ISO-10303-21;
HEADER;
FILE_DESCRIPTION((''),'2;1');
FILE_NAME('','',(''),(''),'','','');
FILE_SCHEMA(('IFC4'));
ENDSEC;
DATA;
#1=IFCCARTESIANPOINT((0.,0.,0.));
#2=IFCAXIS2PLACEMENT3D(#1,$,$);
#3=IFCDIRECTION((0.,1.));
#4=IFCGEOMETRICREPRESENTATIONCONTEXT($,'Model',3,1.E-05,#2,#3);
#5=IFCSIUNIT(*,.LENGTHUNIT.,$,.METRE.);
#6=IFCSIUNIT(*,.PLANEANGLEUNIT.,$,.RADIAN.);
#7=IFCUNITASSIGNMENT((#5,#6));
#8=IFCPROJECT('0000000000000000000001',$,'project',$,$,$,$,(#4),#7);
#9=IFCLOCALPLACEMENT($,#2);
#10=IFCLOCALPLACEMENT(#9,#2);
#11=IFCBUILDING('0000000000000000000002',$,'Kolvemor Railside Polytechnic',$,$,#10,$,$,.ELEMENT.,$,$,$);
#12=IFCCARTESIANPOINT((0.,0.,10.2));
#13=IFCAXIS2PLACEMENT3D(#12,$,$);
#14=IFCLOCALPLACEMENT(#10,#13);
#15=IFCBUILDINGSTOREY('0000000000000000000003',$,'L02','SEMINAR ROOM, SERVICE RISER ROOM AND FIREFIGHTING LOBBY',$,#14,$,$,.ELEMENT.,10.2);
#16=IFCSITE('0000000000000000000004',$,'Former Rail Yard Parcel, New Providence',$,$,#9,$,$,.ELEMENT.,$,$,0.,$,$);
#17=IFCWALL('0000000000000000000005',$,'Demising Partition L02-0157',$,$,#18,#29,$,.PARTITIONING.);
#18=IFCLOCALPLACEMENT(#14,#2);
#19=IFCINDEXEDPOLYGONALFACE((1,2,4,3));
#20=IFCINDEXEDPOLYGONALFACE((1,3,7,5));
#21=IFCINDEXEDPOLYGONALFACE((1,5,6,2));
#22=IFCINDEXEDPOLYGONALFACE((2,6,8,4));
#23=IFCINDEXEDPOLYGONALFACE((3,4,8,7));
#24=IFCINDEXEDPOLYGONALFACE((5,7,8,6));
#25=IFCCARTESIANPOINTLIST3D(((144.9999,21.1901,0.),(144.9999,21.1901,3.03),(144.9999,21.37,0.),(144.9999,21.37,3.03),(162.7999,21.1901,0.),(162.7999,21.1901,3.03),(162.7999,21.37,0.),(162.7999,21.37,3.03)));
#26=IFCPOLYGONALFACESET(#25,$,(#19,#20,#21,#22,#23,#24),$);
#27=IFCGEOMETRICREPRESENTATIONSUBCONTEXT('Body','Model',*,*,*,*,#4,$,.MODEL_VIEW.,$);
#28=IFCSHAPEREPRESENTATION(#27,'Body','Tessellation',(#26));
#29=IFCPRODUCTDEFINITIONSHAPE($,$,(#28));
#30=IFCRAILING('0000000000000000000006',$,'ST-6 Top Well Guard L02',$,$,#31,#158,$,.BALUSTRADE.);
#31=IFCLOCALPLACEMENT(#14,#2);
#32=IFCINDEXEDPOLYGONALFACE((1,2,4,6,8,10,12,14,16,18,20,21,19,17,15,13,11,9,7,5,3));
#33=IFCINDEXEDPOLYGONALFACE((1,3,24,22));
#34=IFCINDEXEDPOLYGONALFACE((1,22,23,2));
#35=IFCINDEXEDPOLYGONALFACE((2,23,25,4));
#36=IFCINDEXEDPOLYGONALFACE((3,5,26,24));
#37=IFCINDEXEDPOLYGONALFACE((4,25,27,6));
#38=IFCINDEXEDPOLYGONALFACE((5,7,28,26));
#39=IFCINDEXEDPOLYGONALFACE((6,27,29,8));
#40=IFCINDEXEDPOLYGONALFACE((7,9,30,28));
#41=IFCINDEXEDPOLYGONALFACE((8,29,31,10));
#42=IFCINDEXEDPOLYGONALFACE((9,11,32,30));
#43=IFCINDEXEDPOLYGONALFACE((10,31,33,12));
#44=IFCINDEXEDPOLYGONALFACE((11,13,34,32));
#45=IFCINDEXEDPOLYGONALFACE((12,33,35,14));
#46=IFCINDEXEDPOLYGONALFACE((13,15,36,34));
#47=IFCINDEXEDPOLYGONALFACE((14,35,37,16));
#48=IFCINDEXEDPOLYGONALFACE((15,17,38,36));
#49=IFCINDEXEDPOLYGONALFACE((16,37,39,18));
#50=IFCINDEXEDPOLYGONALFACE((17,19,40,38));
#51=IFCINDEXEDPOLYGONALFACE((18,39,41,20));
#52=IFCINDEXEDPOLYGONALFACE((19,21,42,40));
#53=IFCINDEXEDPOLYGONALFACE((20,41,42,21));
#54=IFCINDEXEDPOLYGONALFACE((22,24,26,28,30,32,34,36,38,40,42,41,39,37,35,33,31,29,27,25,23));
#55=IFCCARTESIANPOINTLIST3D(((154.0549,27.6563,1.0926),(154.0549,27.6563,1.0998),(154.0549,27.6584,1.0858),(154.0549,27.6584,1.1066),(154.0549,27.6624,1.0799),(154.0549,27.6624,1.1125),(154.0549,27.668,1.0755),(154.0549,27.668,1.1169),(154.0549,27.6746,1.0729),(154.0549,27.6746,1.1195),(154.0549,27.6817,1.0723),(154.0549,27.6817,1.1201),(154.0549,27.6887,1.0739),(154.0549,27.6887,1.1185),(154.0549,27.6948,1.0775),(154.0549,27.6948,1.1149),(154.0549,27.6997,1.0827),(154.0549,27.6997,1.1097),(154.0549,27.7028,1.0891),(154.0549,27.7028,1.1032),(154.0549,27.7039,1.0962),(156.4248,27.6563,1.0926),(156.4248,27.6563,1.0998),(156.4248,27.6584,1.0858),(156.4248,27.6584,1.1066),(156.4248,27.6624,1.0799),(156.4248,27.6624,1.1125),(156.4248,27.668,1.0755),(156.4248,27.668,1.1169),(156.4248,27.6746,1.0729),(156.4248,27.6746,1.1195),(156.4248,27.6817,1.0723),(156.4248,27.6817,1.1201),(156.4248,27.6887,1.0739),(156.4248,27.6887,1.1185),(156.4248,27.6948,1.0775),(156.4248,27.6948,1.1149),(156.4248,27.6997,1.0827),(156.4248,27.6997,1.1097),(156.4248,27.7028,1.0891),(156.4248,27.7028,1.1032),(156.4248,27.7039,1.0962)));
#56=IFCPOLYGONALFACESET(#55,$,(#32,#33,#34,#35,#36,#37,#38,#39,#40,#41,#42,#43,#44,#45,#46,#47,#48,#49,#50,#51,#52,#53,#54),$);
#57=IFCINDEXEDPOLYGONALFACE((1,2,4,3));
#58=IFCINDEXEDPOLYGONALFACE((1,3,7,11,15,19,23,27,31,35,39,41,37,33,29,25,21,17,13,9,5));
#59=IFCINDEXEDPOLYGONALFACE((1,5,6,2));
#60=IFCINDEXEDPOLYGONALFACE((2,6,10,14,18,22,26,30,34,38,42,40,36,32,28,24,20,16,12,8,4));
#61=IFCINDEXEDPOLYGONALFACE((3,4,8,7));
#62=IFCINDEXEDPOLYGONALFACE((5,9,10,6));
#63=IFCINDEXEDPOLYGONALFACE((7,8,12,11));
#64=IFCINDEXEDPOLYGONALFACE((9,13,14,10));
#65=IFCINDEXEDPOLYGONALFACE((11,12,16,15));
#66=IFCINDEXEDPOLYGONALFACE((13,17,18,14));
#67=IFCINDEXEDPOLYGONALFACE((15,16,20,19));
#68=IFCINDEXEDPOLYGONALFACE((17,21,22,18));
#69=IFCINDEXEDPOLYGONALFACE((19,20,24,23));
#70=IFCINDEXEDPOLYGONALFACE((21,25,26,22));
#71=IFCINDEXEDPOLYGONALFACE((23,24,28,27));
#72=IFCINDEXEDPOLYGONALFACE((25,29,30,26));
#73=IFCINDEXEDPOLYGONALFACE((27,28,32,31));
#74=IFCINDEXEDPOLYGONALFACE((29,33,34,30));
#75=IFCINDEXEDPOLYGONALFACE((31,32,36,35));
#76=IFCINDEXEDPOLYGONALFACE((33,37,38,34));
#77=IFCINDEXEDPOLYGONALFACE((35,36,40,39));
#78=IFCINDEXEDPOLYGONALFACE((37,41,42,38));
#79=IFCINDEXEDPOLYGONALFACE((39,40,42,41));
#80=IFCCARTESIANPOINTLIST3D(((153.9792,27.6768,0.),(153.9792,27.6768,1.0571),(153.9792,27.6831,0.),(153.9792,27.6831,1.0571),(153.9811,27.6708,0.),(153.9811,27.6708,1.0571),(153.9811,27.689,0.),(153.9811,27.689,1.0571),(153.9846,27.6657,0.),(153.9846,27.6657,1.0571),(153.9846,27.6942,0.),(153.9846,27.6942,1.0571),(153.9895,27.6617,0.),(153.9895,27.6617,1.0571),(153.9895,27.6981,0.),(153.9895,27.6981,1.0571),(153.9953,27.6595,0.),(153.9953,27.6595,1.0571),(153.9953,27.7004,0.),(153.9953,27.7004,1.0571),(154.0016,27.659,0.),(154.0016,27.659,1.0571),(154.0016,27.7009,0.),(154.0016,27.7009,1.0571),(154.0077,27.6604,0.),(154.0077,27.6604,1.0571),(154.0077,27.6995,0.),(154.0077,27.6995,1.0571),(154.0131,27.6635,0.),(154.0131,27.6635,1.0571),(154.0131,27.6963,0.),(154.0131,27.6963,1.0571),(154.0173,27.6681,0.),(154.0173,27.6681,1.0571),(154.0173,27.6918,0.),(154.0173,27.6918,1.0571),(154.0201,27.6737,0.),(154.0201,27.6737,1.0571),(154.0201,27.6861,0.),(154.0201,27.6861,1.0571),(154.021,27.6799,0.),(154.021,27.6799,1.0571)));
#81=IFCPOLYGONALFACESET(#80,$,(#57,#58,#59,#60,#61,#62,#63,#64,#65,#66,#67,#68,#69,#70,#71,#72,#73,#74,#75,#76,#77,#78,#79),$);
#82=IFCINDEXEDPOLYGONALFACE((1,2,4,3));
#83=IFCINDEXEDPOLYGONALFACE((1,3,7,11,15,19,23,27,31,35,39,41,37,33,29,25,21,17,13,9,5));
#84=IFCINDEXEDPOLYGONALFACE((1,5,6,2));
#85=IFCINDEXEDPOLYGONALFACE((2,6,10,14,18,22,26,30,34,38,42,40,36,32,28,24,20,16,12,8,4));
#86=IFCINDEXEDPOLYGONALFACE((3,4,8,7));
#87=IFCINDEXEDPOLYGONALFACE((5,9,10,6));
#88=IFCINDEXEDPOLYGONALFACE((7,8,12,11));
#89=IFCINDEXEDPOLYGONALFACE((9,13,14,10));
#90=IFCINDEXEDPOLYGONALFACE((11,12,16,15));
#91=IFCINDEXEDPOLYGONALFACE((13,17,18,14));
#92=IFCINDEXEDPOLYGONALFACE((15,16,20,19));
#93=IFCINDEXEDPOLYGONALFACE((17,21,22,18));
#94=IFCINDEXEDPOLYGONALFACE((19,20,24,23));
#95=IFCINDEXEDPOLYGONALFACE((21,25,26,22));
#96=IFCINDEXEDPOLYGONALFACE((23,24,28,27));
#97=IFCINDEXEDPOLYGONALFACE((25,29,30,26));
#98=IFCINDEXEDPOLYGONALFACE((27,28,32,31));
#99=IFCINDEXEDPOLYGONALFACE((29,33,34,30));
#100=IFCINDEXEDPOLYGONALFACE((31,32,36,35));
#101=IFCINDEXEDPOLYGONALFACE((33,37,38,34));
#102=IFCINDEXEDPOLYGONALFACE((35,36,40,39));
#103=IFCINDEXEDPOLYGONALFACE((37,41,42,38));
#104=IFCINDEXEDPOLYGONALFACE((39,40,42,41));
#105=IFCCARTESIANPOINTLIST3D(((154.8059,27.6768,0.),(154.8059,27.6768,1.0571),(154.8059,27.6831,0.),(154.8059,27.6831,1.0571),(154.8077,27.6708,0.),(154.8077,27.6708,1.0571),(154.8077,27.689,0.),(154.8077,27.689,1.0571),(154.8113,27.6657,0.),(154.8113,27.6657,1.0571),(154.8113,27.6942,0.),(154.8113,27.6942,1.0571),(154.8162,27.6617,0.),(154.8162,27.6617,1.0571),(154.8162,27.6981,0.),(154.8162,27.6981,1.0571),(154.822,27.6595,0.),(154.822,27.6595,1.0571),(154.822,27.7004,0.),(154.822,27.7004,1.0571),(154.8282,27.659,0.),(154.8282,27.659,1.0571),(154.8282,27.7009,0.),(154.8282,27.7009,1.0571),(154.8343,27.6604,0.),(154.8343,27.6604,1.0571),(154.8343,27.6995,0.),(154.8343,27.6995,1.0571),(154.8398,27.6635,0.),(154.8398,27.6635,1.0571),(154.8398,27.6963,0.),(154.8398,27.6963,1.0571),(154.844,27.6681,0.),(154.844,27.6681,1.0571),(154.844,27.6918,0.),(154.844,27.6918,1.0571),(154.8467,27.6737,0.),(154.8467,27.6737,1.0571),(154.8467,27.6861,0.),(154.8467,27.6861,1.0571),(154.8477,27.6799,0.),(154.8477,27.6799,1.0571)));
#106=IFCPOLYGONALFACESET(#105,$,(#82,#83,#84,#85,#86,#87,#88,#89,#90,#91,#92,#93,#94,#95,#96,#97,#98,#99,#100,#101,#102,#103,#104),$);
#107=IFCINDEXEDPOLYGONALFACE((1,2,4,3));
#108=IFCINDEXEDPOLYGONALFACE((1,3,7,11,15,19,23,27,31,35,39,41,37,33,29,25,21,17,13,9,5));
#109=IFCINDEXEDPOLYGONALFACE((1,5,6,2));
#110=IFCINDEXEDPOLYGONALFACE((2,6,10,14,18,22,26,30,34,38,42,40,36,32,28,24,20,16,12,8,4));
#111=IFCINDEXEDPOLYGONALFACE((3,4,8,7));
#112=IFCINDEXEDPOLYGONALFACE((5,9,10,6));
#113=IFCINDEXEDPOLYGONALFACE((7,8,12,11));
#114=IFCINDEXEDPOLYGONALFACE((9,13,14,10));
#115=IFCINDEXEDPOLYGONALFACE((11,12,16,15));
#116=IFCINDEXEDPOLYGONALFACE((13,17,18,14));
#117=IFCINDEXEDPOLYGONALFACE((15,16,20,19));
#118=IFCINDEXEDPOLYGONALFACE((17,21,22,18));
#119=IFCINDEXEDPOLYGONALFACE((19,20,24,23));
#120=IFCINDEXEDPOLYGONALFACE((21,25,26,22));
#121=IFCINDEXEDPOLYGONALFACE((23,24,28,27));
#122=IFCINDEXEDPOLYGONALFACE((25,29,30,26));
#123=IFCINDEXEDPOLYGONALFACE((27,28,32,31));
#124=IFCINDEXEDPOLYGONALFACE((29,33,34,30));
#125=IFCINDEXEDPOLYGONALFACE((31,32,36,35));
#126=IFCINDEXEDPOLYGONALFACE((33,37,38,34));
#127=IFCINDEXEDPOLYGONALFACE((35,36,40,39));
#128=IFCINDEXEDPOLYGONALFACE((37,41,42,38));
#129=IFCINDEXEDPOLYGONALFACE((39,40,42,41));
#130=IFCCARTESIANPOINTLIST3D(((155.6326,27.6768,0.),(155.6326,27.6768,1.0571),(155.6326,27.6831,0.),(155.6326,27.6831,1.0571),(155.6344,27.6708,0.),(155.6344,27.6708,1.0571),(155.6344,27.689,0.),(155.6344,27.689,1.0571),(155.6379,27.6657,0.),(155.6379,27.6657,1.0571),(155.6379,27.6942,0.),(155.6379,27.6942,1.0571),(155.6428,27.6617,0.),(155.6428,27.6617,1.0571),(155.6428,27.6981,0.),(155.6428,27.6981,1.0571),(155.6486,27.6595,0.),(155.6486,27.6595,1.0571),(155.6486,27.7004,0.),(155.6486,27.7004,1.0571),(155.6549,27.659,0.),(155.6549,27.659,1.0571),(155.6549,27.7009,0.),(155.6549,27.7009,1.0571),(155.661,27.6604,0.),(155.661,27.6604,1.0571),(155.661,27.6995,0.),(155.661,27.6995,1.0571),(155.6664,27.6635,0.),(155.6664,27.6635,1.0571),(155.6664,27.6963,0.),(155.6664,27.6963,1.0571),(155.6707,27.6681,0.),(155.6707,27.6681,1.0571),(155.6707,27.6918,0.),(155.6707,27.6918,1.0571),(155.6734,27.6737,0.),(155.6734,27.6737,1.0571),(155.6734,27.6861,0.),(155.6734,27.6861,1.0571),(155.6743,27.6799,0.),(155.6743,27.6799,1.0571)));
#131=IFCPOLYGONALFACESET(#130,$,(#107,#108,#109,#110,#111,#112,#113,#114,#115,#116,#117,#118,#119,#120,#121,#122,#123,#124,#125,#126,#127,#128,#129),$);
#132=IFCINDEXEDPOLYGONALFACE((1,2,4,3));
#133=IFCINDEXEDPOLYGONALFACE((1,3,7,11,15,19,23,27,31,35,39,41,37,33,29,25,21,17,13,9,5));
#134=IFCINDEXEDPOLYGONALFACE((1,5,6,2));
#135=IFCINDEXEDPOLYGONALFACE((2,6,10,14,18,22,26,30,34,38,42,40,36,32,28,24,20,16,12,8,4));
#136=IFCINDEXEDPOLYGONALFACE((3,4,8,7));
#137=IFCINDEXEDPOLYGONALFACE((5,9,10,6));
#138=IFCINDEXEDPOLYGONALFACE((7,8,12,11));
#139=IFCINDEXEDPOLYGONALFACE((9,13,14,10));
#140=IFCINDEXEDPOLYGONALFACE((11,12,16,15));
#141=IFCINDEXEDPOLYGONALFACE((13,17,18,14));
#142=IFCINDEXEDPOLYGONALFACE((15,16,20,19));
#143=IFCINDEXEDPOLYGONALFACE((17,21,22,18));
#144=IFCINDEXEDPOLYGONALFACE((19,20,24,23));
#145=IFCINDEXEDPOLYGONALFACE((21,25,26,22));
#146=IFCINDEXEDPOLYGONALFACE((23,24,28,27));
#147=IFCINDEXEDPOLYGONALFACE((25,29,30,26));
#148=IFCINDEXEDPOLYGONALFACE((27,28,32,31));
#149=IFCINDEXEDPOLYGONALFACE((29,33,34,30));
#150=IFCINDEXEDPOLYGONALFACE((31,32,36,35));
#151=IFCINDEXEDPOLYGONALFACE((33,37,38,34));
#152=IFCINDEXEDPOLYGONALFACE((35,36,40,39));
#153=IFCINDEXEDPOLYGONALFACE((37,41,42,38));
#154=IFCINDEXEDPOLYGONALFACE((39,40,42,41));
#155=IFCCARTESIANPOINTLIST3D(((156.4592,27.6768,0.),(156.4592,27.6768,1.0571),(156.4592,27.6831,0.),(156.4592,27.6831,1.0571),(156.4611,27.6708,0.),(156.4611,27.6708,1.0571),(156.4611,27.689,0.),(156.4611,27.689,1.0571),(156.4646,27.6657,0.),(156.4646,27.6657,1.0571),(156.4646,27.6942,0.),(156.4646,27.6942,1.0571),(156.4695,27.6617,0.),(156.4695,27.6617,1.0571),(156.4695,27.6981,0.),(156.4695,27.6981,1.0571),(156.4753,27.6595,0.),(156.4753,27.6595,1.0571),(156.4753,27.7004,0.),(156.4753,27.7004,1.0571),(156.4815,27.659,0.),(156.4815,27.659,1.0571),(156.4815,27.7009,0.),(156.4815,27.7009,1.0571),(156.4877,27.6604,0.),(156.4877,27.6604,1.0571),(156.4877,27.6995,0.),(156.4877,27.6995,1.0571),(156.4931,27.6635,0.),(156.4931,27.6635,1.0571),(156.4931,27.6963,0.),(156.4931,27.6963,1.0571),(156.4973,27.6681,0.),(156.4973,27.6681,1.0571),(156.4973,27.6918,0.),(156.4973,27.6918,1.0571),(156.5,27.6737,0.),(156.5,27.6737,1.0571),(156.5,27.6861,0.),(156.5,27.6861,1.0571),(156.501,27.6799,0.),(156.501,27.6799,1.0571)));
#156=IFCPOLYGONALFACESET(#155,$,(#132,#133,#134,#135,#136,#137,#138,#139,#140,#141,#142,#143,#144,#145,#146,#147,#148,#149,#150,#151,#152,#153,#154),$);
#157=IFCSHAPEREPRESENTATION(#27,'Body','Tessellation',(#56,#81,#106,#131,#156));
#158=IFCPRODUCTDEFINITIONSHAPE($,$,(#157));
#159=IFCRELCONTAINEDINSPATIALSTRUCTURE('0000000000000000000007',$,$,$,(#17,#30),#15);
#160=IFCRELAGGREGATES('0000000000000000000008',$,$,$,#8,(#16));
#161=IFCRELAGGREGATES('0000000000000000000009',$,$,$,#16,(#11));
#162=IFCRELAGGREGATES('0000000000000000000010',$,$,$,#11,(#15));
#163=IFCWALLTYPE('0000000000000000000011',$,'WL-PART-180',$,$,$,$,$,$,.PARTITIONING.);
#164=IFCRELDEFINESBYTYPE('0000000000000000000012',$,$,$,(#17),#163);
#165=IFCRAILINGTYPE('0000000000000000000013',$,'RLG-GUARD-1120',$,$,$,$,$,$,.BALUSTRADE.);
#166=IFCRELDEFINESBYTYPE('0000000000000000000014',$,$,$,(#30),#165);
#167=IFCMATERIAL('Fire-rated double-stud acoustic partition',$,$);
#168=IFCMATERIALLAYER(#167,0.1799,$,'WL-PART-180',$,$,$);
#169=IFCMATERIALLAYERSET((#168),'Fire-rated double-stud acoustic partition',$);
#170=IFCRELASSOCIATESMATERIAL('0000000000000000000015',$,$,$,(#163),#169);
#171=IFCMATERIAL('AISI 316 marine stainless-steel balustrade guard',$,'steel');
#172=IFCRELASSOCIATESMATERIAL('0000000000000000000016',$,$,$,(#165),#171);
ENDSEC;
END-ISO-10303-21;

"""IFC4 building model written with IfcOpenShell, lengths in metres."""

from ifc_helpers import new_model, si_unit, direction, frame, frame_2d, origin, origin_2d, place, context, subcontext, project, spatial, rectangle, circle, extrude, material, layer, layer_set, type_object, element, save


model = new_model("IFC4")

# Units and contexts
model_context = context("Model", 3, precision=1e-05, world=origin(), true_north=direction((0.0, 1.0)))
body_context = subcontext(model_context, "Body", "Model", "MODEL_VIEW")
ifc_project = project(units=[si_unit("LENGTHUNIT", "METRE"), si_unit("PLANEANGLEUNIT", "RADIAN")], contexts=[model_context])

# Site, building, storey
site_placement = place(None, origin())
site = spatial("IfcSite", under=ifc_project, at=site_placement, Name="Former Rail Yard Parcel, New Providence", CompositionType="ELEMENT", RefElevation=0.0)
building_placement = place(site_placement, origin())
building = spatial("IfcBuilding", under=site, at=building_placement, Name="Kolvemor Railside Polytechnic", CompositionType="ELEMENT")
storey_placement = place(building_placement, frame((0.0, 0.0, 10.2)))
storey = spatial("IfcBuildingStorey", under=building, at=storey_placement, Name="L02", Description="SEMINAR ROOM, SERVICE RISER ROOM AND FIREFIGHTING LOBBY", CompositionType="ELEMENT", Elevation=10.2)

# Wall
ifc_material_1 = material(Name="Fire-rated double-stud acoustic partition")
ifc_layer_1 = layer(ifc_material_1, 0.1799, Name="WL-PART-180")
ifc_layer_set_1 = layer_set([ifc_layer_1], Name="Fire-rated double-stud acoustic partition")
wall_type_1 = type_object("IfcWallType", Name="WL-PART-180", PredefinedType="PARTITIONING", material=ifc_layer_set_1)
wall_1_placement = place(storey_placement, frame((145.0, 21.28, 0.0), z_axis=(0.0, 0.0, 1.0), x_axis=(1.0, 0.0, 0.0)))
element("IfcWall", 1, at=wall_1_placement, inside=storey, type_object=wall_type_1, Name="Demising Partition L02-0157", PredefinedType="PARTITIONING", context=body_context, shape_type="SweptSolid", body=[
    extrude(rectangle(XDim=17.8, YDim=0.1799, at=frame_2d((8.8999, 0.0))), origin(), (0.0, 0.0, 1.0), 3.03),
])

# Railing
ifc_material_2 = material(Name="AISI 316 marine stainless-steel balustrade guard", Category="steel")
railing_type = type_object("IfcRailingType", Name="RLG-GUARD-1120", PredefinedType="BALUSTRADE", material=ifc_material_2)
railing_1_placement = place(storey_placement, frame((154.0, 27.6799, 0.0)))
element("IfcRailing", 2, at=railing_1_placement, inside=storey, type_object=railing_type, Name="ST-6 Top Well Guard L02", PredefinedType="BALUSTRADE", context=body_context, shape_type="SweptSolid", body=[
    extrude(circle(Radius=0.0239, at=origin_2d()), frame((0.0549, 0.0, 1.0962), z_axis=(1.0, 0.0, 0.0), x_axis=(0.0, 1.0, 0.0)), (0.0, 0.0, 1.0), 2.3699),
    extrude(circle(Radius=0.021, at=origin_2d()), origin(), (0.0, 0.0, 1.0), 1.0571),
    extrude(circle(Radius=0.021, at=origin_2d()), frame((0.8267, 0.0, 0.0)), (0.0, 0.0, 1.0), 1.0571),
    extrude(circle(Radius=0.021, at=origin_2d()), frame((1.6533, 0.0, 0.0)), (0.0, 0.0, 1.0), 1.0571),
    extrude(circle(Radius=0.021, at=origin_2d()), frame((2.48, 0.0, 0.0)), (0.0, 0.0, 1.0), 1.0571),
])

save(model, "model.ifc")
